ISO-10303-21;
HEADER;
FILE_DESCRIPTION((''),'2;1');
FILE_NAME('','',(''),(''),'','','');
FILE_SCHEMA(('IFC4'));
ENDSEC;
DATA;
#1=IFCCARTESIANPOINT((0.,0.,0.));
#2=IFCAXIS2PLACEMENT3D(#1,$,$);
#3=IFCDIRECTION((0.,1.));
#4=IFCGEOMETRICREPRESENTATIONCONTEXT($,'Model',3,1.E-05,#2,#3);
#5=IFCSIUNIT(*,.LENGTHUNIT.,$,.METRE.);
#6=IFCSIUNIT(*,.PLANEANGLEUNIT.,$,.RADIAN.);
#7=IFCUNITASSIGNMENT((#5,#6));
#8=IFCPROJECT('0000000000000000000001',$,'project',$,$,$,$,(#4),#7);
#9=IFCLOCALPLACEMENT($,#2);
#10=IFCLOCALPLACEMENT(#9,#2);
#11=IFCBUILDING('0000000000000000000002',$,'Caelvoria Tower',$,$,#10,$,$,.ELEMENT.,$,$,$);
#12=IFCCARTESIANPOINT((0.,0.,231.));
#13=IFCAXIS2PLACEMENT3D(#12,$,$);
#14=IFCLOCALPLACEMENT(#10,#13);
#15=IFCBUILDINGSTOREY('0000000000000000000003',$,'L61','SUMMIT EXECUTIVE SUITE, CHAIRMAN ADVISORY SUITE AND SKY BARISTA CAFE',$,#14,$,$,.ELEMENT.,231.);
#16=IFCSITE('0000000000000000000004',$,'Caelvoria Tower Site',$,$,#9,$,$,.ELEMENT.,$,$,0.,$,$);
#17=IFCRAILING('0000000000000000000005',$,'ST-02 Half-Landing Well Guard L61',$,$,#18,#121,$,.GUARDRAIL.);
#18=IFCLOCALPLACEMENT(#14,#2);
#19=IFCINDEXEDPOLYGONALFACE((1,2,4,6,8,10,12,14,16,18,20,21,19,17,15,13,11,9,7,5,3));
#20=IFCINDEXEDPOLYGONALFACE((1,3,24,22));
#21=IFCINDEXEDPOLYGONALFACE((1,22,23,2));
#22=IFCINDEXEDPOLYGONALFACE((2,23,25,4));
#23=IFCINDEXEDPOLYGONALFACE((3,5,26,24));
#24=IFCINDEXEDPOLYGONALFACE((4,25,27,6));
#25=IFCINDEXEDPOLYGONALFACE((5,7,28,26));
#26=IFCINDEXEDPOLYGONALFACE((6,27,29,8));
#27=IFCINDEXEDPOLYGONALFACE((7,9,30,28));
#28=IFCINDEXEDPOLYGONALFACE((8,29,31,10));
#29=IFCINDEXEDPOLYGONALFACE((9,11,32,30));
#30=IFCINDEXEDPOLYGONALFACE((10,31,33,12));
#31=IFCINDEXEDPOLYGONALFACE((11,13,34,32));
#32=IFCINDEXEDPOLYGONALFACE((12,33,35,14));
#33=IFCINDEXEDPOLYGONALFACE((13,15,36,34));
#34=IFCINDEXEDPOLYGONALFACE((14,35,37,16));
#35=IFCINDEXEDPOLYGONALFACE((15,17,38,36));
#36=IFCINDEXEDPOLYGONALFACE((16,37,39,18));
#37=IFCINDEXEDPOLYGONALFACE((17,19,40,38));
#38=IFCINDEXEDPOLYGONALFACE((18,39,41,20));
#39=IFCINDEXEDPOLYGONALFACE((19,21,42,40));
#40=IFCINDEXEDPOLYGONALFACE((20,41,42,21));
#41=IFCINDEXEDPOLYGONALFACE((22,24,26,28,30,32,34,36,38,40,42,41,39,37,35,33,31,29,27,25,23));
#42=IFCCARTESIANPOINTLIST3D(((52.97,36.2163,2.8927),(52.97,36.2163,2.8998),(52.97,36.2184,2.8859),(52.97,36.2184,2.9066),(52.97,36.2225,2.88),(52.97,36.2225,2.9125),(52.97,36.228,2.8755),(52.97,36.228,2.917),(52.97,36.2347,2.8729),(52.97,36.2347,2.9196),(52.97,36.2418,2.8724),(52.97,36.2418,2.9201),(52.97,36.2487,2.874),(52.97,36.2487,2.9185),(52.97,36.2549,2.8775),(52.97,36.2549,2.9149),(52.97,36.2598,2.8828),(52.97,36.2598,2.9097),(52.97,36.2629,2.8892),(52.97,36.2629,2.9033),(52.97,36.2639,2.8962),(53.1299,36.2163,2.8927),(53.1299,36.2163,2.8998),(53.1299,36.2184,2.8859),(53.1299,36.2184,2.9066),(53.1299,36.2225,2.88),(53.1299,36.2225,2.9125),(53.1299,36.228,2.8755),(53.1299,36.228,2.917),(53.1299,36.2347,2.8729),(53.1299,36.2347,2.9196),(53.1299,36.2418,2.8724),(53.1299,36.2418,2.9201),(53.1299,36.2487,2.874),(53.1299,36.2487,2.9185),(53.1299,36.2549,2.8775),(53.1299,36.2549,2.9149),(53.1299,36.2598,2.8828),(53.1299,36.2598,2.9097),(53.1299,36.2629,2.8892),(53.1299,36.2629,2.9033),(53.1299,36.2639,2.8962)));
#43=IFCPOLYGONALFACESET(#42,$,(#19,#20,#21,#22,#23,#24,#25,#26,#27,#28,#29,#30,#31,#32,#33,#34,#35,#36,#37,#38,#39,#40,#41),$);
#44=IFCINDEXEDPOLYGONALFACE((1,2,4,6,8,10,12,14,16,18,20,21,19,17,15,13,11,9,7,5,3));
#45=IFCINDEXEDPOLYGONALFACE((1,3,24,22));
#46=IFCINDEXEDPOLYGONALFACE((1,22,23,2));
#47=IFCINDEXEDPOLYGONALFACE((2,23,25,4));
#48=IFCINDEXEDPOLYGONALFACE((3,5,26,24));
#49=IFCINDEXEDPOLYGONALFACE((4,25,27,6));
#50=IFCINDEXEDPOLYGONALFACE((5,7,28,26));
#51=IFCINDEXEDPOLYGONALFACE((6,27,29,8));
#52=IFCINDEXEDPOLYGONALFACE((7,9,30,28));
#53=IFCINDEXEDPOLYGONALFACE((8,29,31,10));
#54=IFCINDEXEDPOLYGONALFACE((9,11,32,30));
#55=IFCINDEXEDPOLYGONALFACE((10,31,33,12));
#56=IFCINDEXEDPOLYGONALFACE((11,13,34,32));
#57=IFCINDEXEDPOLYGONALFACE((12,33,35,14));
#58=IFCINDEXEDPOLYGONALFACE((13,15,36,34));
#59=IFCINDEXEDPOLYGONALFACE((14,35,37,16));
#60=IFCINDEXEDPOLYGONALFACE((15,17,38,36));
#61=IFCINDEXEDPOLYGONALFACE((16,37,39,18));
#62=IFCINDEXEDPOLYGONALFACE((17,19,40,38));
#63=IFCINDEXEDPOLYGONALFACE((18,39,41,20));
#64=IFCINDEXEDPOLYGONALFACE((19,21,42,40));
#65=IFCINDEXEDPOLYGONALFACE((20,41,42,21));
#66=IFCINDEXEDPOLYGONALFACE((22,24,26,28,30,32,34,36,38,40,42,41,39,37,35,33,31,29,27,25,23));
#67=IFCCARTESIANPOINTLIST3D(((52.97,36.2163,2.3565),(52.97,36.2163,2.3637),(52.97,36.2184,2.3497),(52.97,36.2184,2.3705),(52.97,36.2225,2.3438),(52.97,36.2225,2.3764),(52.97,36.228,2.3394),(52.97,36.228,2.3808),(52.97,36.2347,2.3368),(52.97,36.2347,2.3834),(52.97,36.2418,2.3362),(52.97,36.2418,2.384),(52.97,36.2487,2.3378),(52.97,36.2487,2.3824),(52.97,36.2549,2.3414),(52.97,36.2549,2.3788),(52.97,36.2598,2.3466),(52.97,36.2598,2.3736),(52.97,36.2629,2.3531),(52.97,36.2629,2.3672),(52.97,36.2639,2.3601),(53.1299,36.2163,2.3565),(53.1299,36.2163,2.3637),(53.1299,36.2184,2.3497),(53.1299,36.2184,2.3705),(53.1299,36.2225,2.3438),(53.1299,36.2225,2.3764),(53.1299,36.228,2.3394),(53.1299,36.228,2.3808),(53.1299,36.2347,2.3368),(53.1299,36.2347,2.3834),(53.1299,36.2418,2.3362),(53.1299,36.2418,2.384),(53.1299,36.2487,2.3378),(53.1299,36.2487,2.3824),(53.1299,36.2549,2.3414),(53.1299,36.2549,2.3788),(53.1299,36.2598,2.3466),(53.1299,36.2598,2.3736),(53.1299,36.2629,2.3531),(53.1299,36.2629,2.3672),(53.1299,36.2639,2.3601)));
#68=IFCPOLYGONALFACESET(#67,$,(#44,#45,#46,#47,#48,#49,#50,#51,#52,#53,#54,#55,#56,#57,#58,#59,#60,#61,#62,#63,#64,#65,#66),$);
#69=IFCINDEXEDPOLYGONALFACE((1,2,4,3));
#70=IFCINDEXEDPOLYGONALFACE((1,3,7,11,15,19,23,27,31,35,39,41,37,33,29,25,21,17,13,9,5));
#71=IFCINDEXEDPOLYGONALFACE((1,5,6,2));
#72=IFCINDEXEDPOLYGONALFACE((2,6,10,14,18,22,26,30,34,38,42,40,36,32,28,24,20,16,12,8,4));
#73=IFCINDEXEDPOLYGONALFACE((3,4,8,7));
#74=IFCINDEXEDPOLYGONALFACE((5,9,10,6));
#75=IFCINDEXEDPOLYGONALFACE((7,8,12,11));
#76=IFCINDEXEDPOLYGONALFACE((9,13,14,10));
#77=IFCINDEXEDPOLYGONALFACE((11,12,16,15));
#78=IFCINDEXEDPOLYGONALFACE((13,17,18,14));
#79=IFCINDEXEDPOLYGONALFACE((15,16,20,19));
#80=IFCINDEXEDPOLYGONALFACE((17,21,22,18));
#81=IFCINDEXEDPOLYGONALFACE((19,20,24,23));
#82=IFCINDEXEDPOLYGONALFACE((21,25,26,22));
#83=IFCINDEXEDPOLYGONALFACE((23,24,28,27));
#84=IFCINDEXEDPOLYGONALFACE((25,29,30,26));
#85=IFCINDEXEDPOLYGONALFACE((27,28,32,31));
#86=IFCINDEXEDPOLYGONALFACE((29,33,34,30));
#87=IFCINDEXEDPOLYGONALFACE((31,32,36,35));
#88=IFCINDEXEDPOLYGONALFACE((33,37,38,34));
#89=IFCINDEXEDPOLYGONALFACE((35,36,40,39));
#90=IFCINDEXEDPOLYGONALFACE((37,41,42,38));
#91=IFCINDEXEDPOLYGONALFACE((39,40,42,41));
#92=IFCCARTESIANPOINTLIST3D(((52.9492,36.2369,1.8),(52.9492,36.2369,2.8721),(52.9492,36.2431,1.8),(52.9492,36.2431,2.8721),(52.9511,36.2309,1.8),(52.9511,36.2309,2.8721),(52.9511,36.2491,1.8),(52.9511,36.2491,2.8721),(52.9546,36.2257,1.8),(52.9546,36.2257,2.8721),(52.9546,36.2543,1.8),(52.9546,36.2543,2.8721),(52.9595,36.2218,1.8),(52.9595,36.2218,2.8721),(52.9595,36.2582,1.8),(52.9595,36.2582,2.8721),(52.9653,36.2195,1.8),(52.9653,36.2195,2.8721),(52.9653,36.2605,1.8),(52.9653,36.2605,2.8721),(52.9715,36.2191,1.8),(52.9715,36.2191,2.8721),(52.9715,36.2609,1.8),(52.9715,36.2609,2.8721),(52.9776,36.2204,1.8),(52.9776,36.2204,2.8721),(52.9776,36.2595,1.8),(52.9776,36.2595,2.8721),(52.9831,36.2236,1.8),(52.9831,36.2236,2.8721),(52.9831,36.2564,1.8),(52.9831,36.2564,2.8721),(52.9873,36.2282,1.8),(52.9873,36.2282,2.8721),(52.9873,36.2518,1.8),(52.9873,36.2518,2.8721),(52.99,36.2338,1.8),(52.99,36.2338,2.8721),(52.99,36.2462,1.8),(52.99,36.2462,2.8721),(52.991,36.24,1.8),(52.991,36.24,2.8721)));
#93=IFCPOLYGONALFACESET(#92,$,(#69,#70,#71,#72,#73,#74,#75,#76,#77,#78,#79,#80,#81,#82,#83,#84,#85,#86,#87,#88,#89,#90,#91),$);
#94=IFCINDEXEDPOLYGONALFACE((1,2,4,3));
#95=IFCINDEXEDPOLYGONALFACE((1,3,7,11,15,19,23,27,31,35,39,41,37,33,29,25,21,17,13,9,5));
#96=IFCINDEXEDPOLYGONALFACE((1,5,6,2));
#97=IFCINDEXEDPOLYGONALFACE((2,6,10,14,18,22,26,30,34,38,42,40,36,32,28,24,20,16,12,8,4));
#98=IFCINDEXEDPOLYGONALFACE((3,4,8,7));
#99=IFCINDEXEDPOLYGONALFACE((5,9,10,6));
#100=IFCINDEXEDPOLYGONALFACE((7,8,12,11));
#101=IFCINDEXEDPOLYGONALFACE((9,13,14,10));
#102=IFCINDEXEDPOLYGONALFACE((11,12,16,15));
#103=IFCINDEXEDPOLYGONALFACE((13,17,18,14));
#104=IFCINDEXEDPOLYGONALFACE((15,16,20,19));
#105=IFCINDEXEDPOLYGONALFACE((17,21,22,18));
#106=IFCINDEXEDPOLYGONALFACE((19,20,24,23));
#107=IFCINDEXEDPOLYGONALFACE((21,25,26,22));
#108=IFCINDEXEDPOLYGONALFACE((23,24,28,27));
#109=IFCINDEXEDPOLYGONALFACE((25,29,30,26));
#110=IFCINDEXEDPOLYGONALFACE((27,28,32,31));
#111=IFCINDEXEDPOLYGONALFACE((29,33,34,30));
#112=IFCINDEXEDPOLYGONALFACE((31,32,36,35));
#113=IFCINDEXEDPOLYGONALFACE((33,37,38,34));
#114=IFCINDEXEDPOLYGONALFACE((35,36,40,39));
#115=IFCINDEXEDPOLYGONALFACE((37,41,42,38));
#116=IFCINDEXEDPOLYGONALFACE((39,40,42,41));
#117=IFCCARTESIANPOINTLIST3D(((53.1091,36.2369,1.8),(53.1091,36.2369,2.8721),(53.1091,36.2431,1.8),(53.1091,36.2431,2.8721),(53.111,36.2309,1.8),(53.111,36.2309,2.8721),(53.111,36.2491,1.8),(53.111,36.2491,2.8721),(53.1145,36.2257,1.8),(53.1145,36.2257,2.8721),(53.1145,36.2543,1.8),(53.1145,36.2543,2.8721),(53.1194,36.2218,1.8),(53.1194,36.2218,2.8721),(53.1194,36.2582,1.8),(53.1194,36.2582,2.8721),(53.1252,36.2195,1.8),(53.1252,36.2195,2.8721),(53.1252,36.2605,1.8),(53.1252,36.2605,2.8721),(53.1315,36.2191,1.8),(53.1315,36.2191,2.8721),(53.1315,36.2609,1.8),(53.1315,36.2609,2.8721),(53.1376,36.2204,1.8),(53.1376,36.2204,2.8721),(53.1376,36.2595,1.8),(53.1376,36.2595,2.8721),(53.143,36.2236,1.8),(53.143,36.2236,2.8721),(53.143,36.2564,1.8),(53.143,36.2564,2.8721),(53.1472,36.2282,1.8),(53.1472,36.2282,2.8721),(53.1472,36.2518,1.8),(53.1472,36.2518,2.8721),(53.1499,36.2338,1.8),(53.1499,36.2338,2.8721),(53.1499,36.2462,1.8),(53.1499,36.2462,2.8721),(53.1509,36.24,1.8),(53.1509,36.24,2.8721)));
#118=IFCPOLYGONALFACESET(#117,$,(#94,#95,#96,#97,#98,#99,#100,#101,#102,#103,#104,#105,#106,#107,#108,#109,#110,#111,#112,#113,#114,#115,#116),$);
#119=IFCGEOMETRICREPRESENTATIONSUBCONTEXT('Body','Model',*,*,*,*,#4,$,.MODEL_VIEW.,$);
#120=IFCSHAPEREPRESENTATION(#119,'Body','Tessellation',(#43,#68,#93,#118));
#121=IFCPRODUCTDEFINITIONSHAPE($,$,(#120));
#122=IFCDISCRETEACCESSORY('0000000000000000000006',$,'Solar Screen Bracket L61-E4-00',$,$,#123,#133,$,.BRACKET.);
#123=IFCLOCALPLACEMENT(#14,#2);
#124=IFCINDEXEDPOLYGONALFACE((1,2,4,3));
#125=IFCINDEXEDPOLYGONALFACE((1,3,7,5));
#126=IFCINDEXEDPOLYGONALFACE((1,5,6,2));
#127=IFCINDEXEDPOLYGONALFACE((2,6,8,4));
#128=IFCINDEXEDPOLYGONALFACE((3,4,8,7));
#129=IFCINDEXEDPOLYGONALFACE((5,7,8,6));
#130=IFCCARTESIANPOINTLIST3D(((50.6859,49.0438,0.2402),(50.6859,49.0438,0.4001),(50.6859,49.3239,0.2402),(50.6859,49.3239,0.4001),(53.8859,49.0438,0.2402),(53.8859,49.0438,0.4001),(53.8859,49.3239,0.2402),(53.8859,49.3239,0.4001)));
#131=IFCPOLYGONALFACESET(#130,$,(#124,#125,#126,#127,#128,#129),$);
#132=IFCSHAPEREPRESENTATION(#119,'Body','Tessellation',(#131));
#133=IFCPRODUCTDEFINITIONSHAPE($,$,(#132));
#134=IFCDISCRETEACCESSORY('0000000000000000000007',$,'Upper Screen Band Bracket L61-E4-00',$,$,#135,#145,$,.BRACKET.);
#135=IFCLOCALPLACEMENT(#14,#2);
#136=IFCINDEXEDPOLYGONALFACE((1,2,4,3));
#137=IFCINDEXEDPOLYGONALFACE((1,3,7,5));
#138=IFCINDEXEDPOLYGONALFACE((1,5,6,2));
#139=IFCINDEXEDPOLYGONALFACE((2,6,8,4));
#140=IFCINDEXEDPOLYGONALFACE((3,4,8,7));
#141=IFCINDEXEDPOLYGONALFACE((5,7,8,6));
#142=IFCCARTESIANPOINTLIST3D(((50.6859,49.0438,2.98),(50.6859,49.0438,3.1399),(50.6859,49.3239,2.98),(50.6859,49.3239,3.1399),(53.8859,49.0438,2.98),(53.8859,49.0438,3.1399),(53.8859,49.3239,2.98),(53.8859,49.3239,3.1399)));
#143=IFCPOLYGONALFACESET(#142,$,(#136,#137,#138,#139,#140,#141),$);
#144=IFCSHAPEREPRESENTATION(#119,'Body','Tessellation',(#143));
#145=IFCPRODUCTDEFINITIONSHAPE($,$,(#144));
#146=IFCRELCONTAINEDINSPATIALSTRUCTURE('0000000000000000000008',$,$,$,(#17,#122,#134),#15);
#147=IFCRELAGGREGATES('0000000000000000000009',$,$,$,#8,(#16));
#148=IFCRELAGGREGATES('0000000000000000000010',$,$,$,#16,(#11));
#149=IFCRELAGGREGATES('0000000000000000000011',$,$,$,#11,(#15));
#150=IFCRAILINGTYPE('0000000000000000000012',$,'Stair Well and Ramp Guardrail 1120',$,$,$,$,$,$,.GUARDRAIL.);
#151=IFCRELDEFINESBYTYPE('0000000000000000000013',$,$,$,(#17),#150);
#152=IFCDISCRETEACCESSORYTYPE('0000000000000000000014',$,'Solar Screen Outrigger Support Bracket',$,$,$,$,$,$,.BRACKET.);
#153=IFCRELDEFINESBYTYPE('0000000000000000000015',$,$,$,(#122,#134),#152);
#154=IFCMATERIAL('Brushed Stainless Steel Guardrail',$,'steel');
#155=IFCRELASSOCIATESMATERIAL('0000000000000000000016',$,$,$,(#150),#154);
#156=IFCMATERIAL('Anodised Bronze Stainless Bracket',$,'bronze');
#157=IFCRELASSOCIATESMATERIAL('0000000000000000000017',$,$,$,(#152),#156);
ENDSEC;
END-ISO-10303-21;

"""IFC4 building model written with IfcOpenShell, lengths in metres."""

from ifc_helpers import new_model, si_unit, direction, frame, origin, origin_2d, place, context, subcontext, project, spatial, rectangle, circle, extrude, material, type_object, element, save


model = new_model("IFC4")

# Units and contexts
model_context = context("Model", 3, precision=1e-05, world=origin(), true_north=direction((0.0, 1.0)))
body_context = subcontext(model_context, "Body", "Model", "MODEL_VIEW")
ifc_project = project(units=[si_unit("LENGTHUNIT", "METRE"), si_unit("PLANEANGLEUNIT", "RADIAN")], contexts=[model_context])

# Site, building, storey
site_placement = place(None, origin())
site = spatial("IfcSite", under=ifc_project, at=site_placement, Name="Caelvoria Tower Site", CompositionType="ELEMENT", RefElevation=0.0)
building_placement = place(site_placement, origin())
building = spatial("IfcBuilding", under=site, at=building_placement, Name="Caelvoria Tower", CompositionType="ELEMENT")
storey_placement = place(building_placement, frame((0.0, 0.0, 231.0)))
storey = spatial("IfcBuildingStorey", under=building, at=storey_placement, Name="L61", Description="SUMMIT EXECUTIVE SUITE, CHAIRMAN ADVISORY SUITE AND SKY BARISTA CAFE", CompositionType="ELEMENT", Elevation=231.0)

# Railing
ifc_material_1 = material(Name="Brushed Stainless Steel Guardrail", Category="steel")
railing_type_1 = type_object("IfcRailingType", Name="Stair Well and Ramp Guardrail 1120", PredefinedType="GUARDRAIL", material=ifc_material_1)
railing_1_placement = place(storey_placement, frame((52.97, 36.24, 1.8)))
element("IfcRailing", 1, at=railing_1_placement, inside=storey, type_object=railing_type_1, Name="ST-02 Half-Landing Well Guard L61", PredefinedType="GUARDRAIL", context=body_context, shape_type="SweptSolid", body=[
    extrude(circle(Radius=0.0239, at=origin_2d()), frame((0.0, 0.0, 1.0962), z_axis=(1.0, 0.0, 0.0), x_axis=(0.0, 1.0, 0.0)), (0.0, 0.0, 1.0), 0.1599),
    extrude(circle(Radius=0.0239, at=origin_2d()), frame((0.0, 0.0, 0.5601), z_axis=(1.0, 0.0, 0.0), x_axis=(0.0, 1.0, 0.0)), (0.0, 0.0, 1.0), 0.1599),
    extrude(circle(Radius=0.021, at=origin_2d()), origin(), (0.0, 0.0, 1.0), 1.072),
    extrude(circle(Radius=0.021, at=origin_2d()), frame((0.1599, 0.0, 0.0)), (0.0, 0.0, 1.0), 1.072),
])

# Discrete accessories
ifc_material_2 = material(Name="Anodised Bronze Stainless Bracket", Category="bronze")
discrete_accessory_type = type_object("IfcDiscreteAccessoryType", Name="Solar Screen Outrigger Support Bracket", PredefinedType="BRACKET", material=ifc_material_2)
for number, where, z_axis, x_axis, name in (
    (2, (52.2859, 49.1838, 0.2402), (0.0, 0.0, 1.0), (-1.0, 0.0, 0.0), "Solar Screen Bracket L61-E4-00"),
    (3, (52.2859, 49.1838, 2.98), (0.0, 0.0, 1.0), (-1.0, 0.0, 0.0), "Upper Screen Band Bracket L61-E4-00"),
):
    element("IfcDiscreteAccessory", number, at=place(storey_placement, frame(where, z_axis=z_axis, x_axis=x_axis)), inside=storey, type_object=discrete_accessory_type, Name=name, PredefinedType="BRACKET", context=body_context, shape_type="SweptSolid", body=[
        extrude(rectangle(XDim=3.2, YDim=0.28, at=origin_2d()), origin(), (0.0, 0.0, 1.0), 0.1599),
    ])

save(model, "model.ifc")
